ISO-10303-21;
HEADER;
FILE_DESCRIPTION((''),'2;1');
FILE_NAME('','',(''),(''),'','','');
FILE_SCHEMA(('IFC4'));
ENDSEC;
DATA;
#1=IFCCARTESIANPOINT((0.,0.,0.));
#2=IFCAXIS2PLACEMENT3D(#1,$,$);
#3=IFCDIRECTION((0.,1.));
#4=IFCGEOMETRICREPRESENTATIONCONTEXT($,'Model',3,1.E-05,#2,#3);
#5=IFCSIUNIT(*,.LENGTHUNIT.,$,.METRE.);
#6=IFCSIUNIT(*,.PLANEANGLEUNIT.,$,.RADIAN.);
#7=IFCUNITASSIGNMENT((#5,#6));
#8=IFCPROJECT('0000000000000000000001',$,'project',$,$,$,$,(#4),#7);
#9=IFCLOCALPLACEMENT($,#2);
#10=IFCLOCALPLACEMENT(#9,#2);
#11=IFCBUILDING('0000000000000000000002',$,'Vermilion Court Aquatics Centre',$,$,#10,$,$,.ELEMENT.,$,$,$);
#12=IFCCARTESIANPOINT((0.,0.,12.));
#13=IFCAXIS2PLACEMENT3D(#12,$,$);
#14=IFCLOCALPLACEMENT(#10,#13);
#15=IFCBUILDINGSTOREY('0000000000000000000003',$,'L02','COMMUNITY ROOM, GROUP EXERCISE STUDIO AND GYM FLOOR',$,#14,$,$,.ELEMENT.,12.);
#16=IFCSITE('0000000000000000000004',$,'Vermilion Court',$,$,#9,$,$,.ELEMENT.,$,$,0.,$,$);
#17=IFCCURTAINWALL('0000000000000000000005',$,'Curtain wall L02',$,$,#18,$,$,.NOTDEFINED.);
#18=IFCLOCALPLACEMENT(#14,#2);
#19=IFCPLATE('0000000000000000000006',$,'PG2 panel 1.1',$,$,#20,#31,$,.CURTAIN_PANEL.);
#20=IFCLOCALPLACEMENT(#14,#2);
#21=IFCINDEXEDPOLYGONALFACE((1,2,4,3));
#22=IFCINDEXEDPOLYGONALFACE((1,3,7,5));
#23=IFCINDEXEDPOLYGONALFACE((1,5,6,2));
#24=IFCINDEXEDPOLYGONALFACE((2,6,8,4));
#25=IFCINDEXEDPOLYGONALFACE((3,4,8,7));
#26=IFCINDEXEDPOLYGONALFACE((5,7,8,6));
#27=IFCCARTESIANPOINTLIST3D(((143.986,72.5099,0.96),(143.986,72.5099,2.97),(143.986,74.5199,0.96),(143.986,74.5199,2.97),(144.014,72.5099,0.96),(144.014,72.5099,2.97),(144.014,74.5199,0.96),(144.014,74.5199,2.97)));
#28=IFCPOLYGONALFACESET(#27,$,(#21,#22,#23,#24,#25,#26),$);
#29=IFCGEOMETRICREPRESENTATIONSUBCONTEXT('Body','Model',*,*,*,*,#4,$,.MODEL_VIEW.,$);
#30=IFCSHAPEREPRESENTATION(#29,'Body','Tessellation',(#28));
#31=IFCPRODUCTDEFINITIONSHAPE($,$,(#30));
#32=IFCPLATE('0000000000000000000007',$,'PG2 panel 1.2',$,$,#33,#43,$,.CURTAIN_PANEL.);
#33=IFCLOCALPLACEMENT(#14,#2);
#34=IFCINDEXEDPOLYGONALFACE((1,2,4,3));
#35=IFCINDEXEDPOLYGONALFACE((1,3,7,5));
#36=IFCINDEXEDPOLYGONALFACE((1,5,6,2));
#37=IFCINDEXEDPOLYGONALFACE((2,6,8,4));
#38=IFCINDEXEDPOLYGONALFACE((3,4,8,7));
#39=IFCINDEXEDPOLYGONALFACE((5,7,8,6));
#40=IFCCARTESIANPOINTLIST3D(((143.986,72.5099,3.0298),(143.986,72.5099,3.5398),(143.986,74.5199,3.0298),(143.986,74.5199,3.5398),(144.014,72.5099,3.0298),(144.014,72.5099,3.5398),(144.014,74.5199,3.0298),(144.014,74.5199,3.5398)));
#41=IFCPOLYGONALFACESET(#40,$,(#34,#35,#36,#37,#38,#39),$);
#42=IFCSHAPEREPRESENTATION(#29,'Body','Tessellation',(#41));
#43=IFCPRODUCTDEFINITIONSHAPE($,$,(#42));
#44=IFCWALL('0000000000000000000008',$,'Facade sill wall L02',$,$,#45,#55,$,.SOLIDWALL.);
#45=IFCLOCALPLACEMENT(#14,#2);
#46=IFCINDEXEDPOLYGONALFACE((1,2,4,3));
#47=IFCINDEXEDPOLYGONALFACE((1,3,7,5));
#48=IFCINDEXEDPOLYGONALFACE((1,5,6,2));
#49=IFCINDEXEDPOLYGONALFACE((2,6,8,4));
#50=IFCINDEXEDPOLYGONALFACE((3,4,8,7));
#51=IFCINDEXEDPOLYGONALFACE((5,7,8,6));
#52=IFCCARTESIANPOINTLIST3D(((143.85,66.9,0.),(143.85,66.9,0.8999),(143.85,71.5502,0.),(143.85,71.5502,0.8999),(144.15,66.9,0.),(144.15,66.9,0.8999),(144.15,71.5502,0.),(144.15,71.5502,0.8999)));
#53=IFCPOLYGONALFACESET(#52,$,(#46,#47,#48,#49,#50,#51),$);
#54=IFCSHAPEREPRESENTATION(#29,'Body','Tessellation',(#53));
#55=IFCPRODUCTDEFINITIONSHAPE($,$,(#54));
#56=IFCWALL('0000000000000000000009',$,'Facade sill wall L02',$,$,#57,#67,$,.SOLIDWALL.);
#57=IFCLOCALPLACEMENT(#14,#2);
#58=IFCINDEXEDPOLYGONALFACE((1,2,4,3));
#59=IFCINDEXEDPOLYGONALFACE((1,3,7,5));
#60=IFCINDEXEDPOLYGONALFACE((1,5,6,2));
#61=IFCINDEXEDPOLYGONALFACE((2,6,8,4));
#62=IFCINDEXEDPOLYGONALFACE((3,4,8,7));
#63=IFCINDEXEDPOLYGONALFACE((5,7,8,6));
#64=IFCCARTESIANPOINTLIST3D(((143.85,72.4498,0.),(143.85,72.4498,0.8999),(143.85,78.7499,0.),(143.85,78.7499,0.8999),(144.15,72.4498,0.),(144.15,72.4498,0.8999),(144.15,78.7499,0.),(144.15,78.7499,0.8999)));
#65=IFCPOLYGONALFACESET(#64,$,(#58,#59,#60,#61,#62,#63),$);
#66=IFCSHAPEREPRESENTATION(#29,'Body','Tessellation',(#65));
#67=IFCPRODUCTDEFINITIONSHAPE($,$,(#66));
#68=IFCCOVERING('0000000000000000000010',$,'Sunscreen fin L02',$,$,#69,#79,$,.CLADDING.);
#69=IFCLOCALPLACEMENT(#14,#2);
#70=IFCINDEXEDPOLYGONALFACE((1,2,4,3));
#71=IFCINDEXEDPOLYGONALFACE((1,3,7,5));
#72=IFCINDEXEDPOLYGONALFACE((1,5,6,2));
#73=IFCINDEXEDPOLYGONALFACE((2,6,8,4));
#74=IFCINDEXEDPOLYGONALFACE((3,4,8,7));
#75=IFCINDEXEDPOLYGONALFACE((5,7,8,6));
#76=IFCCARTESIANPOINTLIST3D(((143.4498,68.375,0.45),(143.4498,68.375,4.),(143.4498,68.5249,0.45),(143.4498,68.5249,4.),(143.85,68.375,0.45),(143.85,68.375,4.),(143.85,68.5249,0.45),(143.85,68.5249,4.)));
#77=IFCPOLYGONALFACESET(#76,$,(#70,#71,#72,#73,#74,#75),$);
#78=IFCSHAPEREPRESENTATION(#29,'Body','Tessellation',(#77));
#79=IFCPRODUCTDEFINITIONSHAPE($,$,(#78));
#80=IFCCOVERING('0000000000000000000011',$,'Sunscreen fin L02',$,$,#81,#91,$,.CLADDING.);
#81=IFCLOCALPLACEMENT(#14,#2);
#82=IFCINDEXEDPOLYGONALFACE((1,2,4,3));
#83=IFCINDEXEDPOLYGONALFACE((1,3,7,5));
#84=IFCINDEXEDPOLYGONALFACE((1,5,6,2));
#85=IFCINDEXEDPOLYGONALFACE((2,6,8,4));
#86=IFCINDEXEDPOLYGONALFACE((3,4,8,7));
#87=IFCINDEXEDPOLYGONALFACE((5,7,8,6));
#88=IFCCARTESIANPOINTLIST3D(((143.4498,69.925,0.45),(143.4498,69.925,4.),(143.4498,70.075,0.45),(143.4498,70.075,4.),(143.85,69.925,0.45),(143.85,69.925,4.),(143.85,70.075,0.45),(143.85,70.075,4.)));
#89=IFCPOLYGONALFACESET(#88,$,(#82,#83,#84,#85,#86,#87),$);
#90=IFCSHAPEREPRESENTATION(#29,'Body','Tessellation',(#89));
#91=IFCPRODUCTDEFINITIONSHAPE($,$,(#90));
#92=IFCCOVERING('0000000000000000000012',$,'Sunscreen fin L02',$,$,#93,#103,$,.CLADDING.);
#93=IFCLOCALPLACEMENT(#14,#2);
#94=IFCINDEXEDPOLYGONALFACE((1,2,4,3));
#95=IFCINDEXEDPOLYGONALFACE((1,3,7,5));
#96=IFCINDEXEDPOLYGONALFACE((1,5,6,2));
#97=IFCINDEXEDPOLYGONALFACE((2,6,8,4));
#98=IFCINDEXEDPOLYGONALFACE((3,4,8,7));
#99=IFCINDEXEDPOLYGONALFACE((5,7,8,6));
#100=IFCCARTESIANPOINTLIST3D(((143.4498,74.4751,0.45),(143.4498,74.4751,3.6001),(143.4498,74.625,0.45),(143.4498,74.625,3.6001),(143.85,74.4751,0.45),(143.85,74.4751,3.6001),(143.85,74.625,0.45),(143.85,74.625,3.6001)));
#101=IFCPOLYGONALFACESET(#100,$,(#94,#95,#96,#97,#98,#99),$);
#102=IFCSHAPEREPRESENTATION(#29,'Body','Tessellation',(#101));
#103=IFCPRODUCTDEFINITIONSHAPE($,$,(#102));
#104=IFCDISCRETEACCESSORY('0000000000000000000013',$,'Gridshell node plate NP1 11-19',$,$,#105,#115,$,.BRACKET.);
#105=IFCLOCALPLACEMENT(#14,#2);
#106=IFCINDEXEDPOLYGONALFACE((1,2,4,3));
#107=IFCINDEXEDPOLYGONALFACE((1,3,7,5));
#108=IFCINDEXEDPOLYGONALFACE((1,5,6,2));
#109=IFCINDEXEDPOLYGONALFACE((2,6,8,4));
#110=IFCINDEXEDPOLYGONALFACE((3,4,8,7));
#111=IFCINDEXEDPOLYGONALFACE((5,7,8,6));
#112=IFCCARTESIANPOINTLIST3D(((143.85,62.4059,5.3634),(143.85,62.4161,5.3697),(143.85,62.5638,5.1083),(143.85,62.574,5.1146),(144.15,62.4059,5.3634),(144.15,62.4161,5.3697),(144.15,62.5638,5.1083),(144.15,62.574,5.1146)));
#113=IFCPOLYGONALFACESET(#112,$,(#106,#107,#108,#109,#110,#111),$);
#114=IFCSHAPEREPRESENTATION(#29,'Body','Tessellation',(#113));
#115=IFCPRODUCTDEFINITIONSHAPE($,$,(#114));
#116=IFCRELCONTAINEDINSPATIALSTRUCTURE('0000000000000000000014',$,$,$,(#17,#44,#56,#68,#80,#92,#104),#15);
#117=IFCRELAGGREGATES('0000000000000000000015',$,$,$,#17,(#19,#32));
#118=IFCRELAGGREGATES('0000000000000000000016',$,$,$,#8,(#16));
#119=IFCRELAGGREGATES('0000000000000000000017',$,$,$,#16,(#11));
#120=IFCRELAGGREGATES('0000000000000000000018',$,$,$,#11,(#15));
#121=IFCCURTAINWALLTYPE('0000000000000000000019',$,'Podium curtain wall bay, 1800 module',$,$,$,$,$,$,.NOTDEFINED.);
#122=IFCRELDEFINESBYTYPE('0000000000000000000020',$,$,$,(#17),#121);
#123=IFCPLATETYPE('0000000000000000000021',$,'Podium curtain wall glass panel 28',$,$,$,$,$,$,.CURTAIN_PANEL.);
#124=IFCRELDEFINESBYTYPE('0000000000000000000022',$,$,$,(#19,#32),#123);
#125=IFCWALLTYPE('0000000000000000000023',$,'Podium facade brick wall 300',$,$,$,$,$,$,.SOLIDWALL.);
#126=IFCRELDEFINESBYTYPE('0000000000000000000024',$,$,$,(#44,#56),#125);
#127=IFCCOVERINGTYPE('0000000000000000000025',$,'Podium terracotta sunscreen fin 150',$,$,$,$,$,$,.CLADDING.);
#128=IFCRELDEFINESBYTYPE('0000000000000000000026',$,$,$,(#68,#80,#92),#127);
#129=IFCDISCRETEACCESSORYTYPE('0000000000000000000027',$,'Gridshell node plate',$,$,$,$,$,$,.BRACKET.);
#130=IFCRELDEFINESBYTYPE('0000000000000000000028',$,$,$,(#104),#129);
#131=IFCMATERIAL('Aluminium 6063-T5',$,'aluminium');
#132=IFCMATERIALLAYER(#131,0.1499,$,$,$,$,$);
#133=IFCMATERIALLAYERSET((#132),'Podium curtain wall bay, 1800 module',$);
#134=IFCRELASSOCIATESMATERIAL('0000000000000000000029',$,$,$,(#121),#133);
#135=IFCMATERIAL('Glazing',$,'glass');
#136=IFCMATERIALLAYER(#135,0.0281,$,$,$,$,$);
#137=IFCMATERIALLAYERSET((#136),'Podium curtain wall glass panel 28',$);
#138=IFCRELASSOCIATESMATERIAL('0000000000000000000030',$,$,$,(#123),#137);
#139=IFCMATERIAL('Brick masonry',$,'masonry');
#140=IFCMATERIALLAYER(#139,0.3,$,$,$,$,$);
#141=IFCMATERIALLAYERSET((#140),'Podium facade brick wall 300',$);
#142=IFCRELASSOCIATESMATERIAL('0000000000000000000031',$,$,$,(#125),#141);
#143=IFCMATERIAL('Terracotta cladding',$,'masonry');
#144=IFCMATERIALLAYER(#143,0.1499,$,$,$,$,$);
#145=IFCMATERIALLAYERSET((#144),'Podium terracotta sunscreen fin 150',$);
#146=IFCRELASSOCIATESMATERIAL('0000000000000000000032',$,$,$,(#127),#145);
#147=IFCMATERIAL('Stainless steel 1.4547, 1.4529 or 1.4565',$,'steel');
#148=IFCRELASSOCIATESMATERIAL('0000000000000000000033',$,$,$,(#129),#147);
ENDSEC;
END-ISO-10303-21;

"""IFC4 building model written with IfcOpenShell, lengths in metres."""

from ifc_helpers import new_model, si_unit, direction, frame, frame_2d, origin, origin_2d, place, context, subcontext, project, spatial, rectangle, extrude, material, layer, layer_set, material_profile, profile_set, type_object, element, aggregate, save


model = new_model("IFC4")

# Units and contexts
model_context = context("Model", 3, precision=1e-05, world=origin(), true_north=direction((0.0, 1.0)))
body_context = subcontext(model_context, "Body", "Model", "MODEL_VIEW")
ifc_project = project(units=[si_unit("LENGTHUNIT", "METRE"), si_unit("PLANEANGLEUNIT", "RADIAN")], contexts=[model_context])

# Site, building, storey
site_placement = place(None, origin())
site = spatial("IfcSite", under=ifc_project, at=site_placement, Name="Vermilion Court", CompositionType="ELEMENT", RefElevation=0.0)
building_placement = place(site_placement, origin())
building = spatial("IfcBuilding", under=site, at=building_placement, Name="Vermilion Court Aquatics Centre", CompositionType="ELEMENT")
storey_placement = place(building_placement, frame((0.0, 0.0, 12.0)))
storey = spatial("IfcBuildingStorey", under=building, at=storey_placement, Name="L02", Description="COMMUNITY ROOM, GROUP EXERCISE STUDIO AND GYM FLOOR", CompositionType="ELEMENT", Elevation=12.0)

# Curtain wall
ifc_material_1 = material(Name="Aluminium 6063-T5", Category="aluminium")
ifc_layer_1 = layer(ifc_material_1, 0.1499)
ifc_layer_set_1 = layer_set([ifc_layer_1], Name="Podium curtain wall bay, 1800 module")
curtain_wall_type = type_object("IfcCurtainWallType", Name="Podium curtain wall bay, 1800 module", PredefinedType="NOTDEFINED", material=ifc_layer_set_1)
curtain_wall_1_placement = place(storey_placement, origin())
curtain_wall_1 = element("IfcCurtainWall", 1, at=curtain_wall_1_placement, inside=storey, type_object=curtain_wall_type, Name="Curtain wall L02", PredefinedType="NOTDEFINED")

# Plates
ifc_material_2 = material(Name="Glazing", Category="glass")
ifc_layer_2 = layer(ifc_material_2, 0.0281)
ifc_layer_set_2 = layer_set([ifc_layer_2], Name="Podium curtain wall glass panel 28")
plate_type = type_object("IfcPlateType", Name="Podium curtain wall glass panel 28", PredefinedType="CURTAIN_PANEL", material=ifc_layer_set_2)
plate_1_placement = place(storey_placement, frame((144.0, 73.5149, 0.96), z_axis=(0.0, 0.0, 1.0), x_axis=(0.0, 1.0, 0.0)))
plate_1 = element("IfcPlate", 2, at=plate_1_placement, type_object=plate_type, Name="PG2 panel 1.1", PredefinedType="CURTAIN_PANEL", context=body_context, shape_type="SweptSolid", body=[
    extrude(rectangle(XDim=2.01, YDim=0.0281, at=origin_2d()), origin(), (0.0, 0.0, 1.0), 2.01),
])
plate_2_placement = place(storey_placement, frame((144.0, 73.5149, 3.0298), z_axis=(0.0, 0.0, 1.0), x_axis=(0.0, 1.0, 0.0)))
plate_2 = element("IfcPlate", 3, at=plate_2_placement, type_object=plate_type, Name="PG2 panel 1.2", PredefinedType="CURTAIN_PANEL", context=body_context, shape_type="SweptSolid", body=[
    extrude(rectangle(XDim=2.01, YDim=0.0281, at=origin_2d()), origin(), (0.0, 0.0, 1.0), 0.51),
])
aggregate(curtain_wall_1, [plate_1, plate_2])

# Walls
ifc_material_3 = material(Name="Brick masonry", Category="masonry")
ifc_layer_3 = layer(ifc_material_3, 0.3)
ifc_layer_set_3 = layer_set([ifc_layer_3], Name="Podium facade brick wall 300")
wall_type = type_object("IfcWallType", Name="Podium facade brick wall 300", PredefinedType="SOLIDWALL", material=ifc_layer_set_3)
wall_1_placement = place(storey_placement, frame((144.0, 66.8999, 0.0), z_axis=(0.0, 0.0, 1.0), x_axis=(0.0, 1.0, 0.0)))
element("IfcWall", 4, at=wall_1_placement, inside=storey, type_object=wall_type, Name="Facade sill wall L02", PredefinedType="SOLIDWALL", context=body_context, shape_type="SweptSolid", body=[
    extrude(rectangle(XDim=4.6501, YDim=0.3, at=frame_2d((2.3252, 0.0))), origin(), (0.0, 0.0, 1.0), 0.8999),
])
wall_2_placement = place(storey_placement, frame((144.0, 72.45, 0.0), z_axis=(0.0, 0.0, 1.0), x_axis=(0.0, 1.0, 0.0)))
element("IfcWall", 5, at=wall_2_placement, inside=storey, type_object=wall_type, Name="Facade sill wall L02", PredefinedType="SOLIDWALL", context=body_context, shape_type="SweptSolid", body=[
    extrude(rectangle(XDim=6.3, YDim=0.3, at=frame_2d((3.1499, 0.0))), origin(), (0.0, 0.0, 1.0), 0.8999),
])

# Coverings
ifc_material_4 = material(Name="Terracotta cladding", Category="masonry")
ifc_layer_4 = layer(ifc_material_4, 0.1499)
ifc_layer_set_4 = layer_set([ifc_layer_4], Name="Podium terracotta sunscreen fin 150")
covering_type = type_object("IfcCoveringType", Name="Podium terracotta sunscreen fin 150", PredefinedType="CLADDING", material=ifc_layer_set_4)
for number, where, z_axis, x_axis, name in (
    (6, (143.8501, 68.45, 0.45), (0.0, 0.0, 1.0), (-1.0, 0.0, 0.0), "Sunscreen fin L02"),
    (7, (143.8501, 70.0, 0.45), (0.0, 0.0, 1.0), (-1.0, 0.0, 0.0), "Sunscreen fin L02"),
):
    element("IfcCovering", number, at=place(storey_placement, frame(where, z_axis=z_axis, x_axis=x_axis)), inside=storey, type_object=covering_type, Name=name, PredefinedType="CLADDING", context=body_context, shape_type="SweptSolid", body=[
        extrude(rectangle(XDim=0.4001, YDim=0.1499, at=frame_2d((0.2002, 0.0))), origin(), (0.0, 0.0, 1.0), 3.55),
    ])
covering_placement = place(storey_placement, frame((143.8501, 74.55, 0.45), z_axis=(0.0, 0.0, 1.0), x_axis=(-1.0, 0.0, 0.0)))
element("IfcCovering", 8, at=covering_placement, inside=storey, type_object=covering_type, Name="Sunscreen fin L02", PredefinedType="CLADDING", context=body_context, shape_type="SweptSolid", body=[
    extrude(rectangle(XDim=0.4001, YDim=0.1499, at=frame_2d((0.2002, 0.0))), origin(), (0.0, 0.0, 1.0), 3.1501),
])

# Discrete accessory
ifc_material_5 = material(Name="Stainless steel 1.4547, 1.4529 or 1.4565", Category="steel")
ifc_material_profile_1 = material_profile(ifc_material_5, rectangle(XDim=0.3, YDim=0.3, at=origin_2d()), Name="PL 12 x 300 x 300")
ifc_profile_set_1 = profile_set([ifc_material_profile_1], Name="Stainless steel 1.4547, 1.4529 or 1.4565")
discrete_accessory_type = type_object("IfcDiscreteAccessoryType", Name="Gridshell node plate", PredefinedType="BRACKET", material=ifc_profile_set_1)
discrete_accessory_placement = place(storey_placement, frame((144.0, 62.4849, 5.2358), z_axis=(0.0, 0.850265, 0.526355), x_axis=(-1.0, 0.0, 0.0)))
element("IfcDiscreteAccessory", 9, at=discrete_accessory_placement, inside=storey, type_object=discrete_accessory_type, Name="Gridshell node plate NP1 11-19", PredefinedType="BRACKET", context=body_context, shape_type="SweptSolid", body=[
    extrude(rectangle(XDim=0.3, YDim=0.3, at=origin_2d()), origin(), (0.0, 0.0, 1.0), 0.012),
])

save(model, "model.ifc")
